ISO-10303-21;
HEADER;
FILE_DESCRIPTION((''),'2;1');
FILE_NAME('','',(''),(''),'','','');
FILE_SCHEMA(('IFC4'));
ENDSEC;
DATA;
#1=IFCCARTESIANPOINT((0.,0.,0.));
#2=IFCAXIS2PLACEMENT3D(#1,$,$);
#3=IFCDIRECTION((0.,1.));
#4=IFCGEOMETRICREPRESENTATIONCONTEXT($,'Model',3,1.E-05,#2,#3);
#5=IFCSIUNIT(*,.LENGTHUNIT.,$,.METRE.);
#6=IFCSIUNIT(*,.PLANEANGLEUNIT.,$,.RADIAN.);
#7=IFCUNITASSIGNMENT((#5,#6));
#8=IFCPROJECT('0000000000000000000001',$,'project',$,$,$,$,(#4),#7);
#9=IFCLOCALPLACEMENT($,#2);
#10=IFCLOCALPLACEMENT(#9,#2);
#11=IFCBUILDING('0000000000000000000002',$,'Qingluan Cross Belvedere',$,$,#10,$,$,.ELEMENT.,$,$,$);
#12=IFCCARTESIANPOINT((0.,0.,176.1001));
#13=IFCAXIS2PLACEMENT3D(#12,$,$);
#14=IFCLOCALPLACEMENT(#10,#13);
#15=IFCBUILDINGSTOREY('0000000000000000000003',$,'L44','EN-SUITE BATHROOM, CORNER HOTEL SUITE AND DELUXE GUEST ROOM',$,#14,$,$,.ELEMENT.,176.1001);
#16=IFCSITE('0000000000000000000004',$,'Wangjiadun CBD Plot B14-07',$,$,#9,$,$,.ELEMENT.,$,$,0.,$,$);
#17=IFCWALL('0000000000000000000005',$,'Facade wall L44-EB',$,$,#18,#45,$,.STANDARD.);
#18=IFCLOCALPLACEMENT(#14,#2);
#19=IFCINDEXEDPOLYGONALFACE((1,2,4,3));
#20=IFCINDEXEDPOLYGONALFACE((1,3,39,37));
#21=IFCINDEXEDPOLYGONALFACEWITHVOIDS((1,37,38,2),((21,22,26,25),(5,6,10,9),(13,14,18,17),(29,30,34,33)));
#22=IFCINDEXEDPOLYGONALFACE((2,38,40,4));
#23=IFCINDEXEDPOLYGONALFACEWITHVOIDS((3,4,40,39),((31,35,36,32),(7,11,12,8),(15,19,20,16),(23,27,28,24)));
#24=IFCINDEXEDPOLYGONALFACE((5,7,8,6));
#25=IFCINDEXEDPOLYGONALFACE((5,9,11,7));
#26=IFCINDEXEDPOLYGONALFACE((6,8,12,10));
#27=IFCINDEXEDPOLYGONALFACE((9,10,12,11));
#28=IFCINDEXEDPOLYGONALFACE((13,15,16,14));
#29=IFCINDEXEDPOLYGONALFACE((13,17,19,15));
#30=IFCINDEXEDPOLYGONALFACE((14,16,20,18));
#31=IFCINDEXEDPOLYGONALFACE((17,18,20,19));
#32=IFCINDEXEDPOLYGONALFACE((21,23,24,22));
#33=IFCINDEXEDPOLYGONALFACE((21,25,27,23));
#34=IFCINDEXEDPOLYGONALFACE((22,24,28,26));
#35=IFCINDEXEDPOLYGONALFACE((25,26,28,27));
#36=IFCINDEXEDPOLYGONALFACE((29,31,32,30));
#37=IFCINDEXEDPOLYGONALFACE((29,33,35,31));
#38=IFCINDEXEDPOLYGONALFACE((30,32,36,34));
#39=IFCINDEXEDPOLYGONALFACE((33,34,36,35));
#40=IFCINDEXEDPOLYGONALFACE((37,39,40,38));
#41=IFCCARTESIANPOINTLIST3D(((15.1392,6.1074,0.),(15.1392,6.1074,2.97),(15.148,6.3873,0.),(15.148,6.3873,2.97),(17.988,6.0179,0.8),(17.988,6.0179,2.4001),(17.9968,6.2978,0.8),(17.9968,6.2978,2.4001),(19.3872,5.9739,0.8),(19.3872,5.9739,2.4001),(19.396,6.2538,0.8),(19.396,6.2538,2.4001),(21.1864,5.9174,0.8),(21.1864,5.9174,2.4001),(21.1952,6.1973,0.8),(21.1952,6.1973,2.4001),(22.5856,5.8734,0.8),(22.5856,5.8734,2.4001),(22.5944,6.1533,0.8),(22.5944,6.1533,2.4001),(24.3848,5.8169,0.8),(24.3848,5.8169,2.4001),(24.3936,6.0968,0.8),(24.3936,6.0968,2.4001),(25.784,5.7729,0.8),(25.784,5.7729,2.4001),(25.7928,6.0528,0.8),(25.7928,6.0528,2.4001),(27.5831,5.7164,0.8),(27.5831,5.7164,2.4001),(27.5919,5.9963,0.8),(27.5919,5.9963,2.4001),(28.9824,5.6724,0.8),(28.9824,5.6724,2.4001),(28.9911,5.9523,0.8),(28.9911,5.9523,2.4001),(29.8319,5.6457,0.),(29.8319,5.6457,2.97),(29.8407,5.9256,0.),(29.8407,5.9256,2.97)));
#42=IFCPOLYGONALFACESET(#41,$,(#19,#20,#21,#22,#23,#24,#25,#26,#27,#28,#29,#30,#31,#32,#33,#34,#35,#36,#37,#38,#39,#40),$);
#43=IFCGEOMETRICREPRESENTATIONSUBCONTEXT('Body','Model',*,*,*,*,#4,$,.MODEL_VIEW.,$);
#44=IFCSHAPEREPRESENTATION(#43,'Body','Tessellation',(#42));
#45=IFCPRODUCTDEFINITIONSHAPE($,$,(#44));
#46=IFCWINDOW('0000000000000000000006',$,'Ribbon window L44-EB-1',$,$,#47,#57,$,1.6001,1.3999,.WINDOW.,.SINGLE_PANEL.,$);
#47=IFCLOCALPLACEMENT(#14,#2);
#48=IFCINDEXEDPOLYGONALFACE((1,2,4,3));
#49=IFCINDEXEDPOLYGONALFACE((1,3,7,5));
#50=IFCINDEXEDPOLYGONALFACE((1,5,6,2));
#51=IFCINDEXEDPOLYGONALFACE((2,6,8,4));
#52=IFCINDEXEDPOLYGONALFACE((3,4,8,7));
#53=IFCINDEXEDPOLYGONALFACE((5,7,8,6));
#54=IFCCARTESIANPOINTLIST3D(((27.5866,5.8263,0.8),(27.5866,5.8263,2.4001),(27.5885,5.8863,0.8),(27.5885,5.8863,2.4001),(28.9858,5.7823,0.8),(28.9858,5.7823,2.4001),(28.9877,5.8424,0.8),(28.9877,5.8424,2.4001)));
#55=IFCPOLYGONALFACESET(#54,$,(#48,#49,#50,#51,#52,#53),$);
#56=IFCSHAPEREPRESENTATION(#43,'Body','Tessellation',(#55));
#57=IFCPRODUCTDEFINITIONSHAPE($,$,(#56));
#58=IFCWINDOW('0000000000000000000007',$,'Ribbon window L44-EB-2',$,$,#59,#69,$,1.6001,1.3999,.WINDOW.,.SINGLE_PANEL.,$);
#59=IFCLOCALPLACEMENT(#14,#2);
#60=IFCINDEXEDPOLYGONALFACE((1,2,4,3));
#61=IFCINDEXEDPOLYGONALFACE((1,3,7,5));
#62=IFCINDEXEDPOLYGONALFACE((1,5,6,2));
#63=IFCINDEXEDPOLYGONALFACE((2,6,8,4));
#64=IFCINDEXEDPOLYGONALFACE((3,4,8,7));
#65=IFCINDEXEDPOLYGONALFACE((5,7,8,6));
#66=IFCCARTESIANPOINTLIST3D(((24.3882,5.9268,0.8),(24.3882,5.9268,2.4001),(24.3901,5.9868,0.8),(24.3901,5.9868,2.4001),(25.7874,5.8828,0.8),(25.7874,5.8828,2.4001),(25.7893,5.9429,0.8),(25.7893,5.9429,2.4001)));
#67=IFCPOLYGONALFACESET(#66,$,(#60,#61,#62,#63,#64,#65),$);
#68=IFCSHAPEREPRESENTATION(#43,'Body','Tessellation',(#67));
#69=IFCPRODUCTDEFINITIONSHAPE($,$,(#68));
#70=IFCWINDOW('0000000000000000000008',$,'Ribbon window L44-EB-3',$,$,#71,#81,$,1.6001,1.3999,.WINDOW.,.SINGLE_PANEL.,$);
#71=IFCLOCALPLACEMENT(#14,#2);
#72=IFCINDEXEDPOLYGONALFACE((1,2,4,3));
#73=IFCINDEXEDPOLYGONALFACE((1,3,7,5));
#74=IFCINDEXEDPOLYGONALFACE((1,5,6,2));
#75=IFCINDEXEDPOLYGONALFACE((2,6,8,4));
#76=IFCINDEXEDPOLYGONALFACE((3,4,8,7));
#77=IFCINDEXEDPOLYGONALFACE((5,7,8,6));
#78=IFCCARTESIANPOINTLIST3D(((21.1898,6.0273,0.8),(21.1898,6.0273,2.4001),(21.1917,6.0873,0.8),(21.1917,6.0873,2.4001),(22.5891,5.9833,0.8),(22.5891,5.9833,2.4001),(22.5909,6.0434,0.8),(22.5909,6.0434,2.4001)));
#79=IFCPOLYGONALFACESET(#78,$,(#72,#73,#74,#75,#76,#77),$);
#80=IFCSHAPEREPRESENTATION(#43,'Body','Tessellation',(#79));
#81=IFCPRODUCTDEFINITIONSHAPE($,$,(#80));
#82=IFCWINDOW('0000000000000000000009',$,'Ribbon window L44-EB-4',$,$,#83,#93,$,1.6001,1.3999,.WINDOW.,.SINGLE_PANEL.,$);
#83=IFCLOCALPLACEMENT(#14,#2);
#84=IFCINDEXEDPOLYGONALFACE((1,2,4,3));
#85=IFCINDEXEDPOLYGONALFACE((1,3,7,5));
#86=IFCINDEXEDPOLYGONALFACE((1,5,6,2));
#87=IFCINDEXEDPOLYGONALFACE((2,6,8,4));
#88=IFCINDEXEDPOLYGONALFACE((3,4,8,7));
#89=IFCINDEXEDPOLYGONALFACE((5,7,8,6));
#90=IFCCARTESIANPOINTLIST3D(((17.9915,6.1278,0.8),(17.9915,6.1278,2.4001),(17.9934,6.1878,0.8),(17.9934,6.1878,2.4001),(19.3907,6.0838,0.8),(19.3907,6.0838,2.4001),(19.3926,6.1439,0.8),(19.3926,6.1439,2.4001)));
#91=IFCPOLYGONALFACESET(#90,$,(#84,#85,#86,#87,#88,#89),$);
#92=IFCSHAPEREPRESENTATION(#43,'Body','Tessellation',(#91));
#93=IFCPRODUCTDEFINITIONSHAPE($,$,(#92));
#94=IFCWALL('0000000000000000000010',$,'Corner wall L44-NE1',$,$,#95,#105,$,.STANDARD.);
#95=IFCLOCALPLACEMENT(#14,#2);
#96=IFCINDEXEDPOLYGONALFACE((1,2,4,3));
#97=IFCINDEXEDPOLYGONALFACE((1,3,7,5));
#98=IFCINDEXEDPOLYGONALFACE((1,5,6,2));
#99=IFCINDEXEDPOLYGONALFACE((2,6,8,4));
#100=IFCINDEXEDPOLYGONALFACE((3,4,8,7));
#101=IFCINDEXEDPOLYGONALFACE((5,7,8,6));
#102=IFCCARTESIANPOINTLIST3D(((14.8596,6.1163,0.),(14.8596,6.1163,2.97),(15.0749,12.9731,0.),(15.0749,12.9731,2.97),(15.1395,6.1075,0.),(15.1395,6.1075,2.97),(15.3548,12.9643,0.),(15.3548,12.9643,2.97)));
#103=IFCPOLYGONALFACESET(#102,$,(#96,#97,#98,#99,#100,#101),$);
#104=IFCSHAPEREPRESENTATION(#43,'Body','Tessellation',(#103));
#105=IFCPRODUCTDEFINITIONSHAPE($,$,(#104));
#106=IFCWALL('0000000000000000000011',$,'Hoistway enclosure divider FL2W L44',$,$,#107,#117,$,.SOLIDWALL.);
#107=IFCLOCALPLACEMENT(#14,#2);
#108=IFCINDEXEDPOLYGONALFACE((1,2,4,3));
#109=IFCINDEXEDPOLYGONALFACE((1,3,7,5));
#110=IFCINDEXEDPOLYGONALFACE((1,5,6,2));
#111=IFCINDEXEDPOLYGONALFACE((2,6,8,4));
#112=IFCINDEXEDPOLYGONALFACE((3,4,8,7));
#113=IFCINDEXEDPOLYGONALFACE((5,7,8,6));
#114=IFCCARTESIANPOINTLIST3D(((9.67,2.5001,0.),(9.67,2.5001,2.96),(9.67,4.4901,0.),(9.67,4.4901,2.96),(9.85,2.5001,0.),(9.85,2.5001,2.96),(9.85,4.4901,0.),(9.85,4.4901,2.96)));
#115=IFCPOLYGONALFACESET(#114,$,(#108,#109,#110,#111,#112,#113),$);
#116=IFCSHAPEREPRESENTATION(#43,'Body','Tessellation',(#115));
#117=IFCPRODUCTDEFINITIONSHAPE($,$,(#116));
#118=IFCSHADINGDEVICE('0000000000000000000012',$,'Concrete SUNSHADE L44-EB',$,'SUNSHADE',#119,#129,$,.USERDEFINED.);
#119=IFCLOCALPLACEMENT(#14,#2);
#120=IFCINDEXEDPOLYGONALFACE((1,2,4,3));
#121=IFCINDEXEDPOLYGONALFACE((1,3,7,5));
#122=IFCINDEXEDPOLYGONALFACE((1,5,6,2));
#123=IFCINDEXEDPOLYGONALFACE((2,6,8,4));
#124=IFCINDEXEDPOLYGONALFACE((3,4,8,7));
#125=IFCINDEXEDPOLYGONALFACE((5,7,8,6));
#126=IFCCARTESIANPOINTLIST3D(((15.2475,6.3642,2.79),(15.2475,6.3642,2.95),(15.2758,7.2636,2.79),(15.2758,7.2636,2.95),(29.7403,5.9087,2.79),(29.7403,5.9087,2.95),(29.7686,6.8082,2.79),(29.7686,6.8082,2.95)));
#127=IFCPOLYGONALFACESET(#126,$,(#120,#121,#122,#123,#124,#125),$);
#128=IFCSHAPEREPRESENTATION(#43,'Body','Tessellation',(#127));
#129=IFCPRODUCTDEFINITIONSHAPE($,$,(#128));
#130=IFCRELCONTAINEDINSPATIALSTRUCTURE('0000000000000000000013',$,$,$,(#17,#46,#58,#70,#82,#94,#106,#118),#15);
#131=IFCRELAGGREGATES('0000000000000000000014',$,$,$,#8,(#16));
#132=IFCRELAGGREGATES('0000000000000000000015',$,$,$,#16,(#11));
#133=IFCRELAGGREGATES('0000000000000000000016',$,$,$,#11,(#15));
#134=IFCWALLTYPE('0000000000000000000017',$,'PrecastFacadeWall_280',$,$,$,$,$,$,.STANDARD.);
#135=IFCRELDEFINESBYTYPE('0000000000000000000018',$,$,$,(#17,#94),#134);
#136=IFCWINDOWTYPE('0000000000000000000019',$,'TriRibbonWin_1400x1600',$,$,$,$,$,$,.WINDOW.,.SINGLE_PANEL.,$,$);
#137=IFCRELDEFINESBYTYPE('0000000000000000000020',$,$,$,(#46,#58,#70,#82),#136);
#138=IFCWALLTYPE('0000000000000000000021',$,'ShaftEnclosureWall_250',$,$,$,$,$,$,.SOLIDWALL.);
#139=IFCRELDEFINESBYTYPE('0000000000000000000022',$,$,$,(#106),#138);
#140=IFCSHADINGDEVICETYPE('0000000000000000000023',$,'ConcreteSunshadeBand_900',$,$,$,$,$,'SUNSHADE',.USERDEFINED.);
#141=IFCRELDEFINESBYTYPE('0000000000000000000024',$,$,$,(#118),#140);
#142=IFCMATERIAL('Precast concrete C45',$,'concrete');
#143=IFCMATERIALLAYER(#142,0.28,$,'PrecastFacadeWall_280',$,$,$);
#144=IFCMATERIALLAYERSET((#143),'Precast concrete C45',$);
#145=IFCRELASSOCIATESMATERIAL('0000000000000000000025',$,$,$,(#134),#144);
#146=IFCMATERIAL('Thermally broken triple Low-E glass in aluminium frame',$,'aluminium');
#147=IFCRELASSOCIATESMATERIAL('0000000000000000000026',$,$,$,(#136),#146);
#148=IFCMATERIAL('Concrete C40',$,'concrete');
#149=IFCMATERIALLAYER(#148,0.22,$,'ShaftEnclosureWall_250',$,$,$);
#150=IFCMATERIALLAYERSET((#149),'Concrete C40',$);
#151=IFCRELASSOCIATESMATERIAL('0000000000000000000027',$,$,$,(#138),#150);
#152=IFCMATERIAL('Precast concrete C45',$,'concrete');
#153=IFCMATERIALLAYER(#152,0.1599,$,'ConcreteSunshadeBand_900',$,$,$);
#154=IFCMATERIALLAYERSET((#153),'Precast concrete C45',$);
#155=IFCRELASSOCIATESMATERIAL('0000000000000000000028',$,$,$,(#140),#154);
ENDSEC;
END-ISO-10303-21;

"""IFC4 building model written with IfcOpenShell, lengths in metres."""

from ifc_helpers import new_model, si_unit, direction, frame, frame_2d, origin, origin_2d, place, context, subcontext, project, spatial, rectangle, extrude, material, layer, layer_set, type_object, element, fill, save


model = new_model("IFC4")

# Units and contexts
model_context = context("Model", 3, precision=1e-05, world=origin(), true_north=direction((0.0, 1.0)))
body_context = subcontext(model_context, "Body", "Model", "MODEL_VIEW")
ifc_project = project(units=[si_unit("LENGTHUNIT", "METRE"), si_unit("PLANEANGLEUNIT", "RADIAN")], contexts=[model_context])

# Site, building, storey
site_placement = place(None, origin())
site = spatial("IfcSite", under=ifc_project, at=site_placement, Name="Wangjiadun CBD Plot B14-07", CompositionType="ELEMENT", RefElevation=0.0)
building_placement = place(site_placement, origin())
building = spatial("IfcBuilding", under=site, at=building_placement, Name="Qingluan Cross Belvedere", CompositionType="ELEMENT")
storey_placement = place(building_placement, frame((0.0, 0.0, 176.1001)))
storey = spatial("IfcBuildingStorey", under=building, at=storey_placement, Name="L44", Description="EN-SUITE BATHROOM, CORNER HOTEL SUITE AND DELUXE GUEST ROOM", CompositionType="ELEMENT", Elevation=176.1001)

# Wall, openings, windows
ifc_material_1 = material(Name="Precast concrete C45", Category="concrete")
ifc_layer_1 = layer(ifc_material_1, 0.28, Name="PrecastFacadeWall_280")
ifc_layer_set_1 = layer_set([ifc_layer_1], Name="Precast concrete C45")
wall_type_1 = type_object("IfcWallType", Name="PrecastFacadeWall_280", PredefinedType="STANDARD", material=ifc_layer_set_1)
wall_1_placement = place(storey_placement, frame((29.8364, 5.7856, 0.0), z_axis=(0.0, 0.0, 1.0), x_axis=(-0.999507, 0.031406, 0.0)))
wall_1 = element("IfcWall", 1, at=wall_1_placement, inside=storey, type_object=wall_type_1, Name="Facade wall L44-EB", PredefinedType="STANDARD", context=body_context, shape_type="SweptSolid", body=[
    extrude(rectangle(XDim=14.7, YDim=0.28, at=frame_2d((7.3501, 0.0))), origin(), (0.0, 0.0, 1.0), 2.97),
])
opening_1_placement = place(wall_1_placement, frame((0.8501, 0.0, 0.8)))
opening_1 = element("IfcOpeningElement", 2, at=opening_1_placement, cuts=wall_1, PredefinedType="OPENING", context=body_context, shape_type="SweptSolid", body=[
    extrude(rectangle(XDim=1.3999, YDim=1.6001, at=frame_2d((0.7, 0.8))), frame((0.0, 0.1499, 0.0), z_axis=(0.0, -1.0, 0.0), x_axis=(1.0, 0.0, 0.0)), (0.0, 0.0, 1.0), 0.3),
])
opening_2_placement = place(wall_1_placement, frame((4.05, 0.0, 0.8)))
opening_2 = element("IfcOpeningElement", 3, at=opening_2_placement, cuts=wall_1, PredefinedType="OPENING", context=body_context, shape_type="SweptSolid", body=[
    extrude(rectangle(XDim=1.3999, YDim=1.6001, at=frame_2d((0.7, 0.8))), frame((0.0, 0.1499, 0.0), z_axis=(0.0, -1.0, 0.0), x_axis=(1.0, 0.0, 0.0)), (0.0, 0.0, 1.0), 0.3),
])
opening_3_placement = place(wall_1_placement, frame((7.25, 0.0, 0.8)))
opening_3 = element("IfcOpeningElement", 4, at=opening_3_placement, cuts=wall_1, PredefinedType="OPENING", context=body_context, shape_type="SweptSolid", body=[
    extrude(rectangle(XDim=1.3999, YDim=1.6001, at=frame_2d((0.7, 0.8))), frame((0.0, 0.1499, 0.0), z_axis=(0.0, -1.0, 0.0), x_axis=(1.0, 0.0, 0.0)), (0.0, 0.0, 1.0), 0.3),
])
opening_4_placement = place(wall_1_placement, frame((10.45, 0.0, 0.8)))
opening_4 = element("IfcOpeningElement", 5, at=opening_4_placement, cuts=wall_1, PredefinedType="OPENING", context=body_context, shape_type="SweptSolid", body=[
    extrude(rectangle(XDim=1.3999, YDim=1.6001, at=frame_2d((0.7, 0.8))), frame((0.0, 0.1499, 0.0), z_axis=(0.0, -1.0, 0.0), x_axis=(1.0, 0.0, 0.0)), (0.0, 0.0, 1.0), 0.3),
])
ifc_material_2 = material(Name="Thermally broken triple Low-E glass in aluminium frame", Category="aluminium")
window_type = type_object("IfcWindowType", Name="TriRibbonWin_1400x1600", PartitioningType="SINGLE_PANEL", PredefinedType="WINDOW", material=ifc_material_2)
window_1_placement = place(opening_1_placement, origin())
window_1 = element("IfcWindow", 6, at=window_1_placement, inside=storey, type_object=window_type, Name="Ribbon window L44-EB-1", OverallHeight=1.6001, OverallWidth=1.3999, PartitioningType="SINGLE_PANEL", PredefinedType="WINDOW", context=body_context, shape_type="SweptSolid", body=[
    extrude(rectangle(XDim=1.3999, YDim=1.6001, at=frame_2d((0.7, 0.8))), frame((0.0, 0.03, 0.0), z_axis=(0.0, -1.0, 0.0), x_axis=(1.0, 0.0, 0.0)), (0.0, 0.0, 1.0), 0.0601),
])
fill(opening_1, window_1)
window_2_placement = place(opening_2_placement, origin())
window_2 = element("IfcWindow", 7, at=window_2_placement, inside=storey, type_object=window_type, Name="Ribbon window L44-EB-2", OverallHeight=1.6001, OverallWidth=1.3999, PartitioningType="SINGLE_PANEL", PredefinedType="WINDOW", context=body_context, shape_type="SweptSolid", body=[
    extrude(rectangle(XDim=1.3999, YDim=1.6001, at=frame_2d((0.7, 0.8))), frame((0.0, 0.03, 0.0), z_axis=(0.0, -1.0, 0.0), x_axis=(1.0, 0.0, 0.0)), (0.0, 0.0, 1.0), 0.0601),
])
fill(opening_2, window_2)
window_3_placement = place(opening_3_placement, origin())
window_3 = element("IfcWindow", 8, at=window_3_placement, inside=storey, type_object=window_type, Name="Ribbon window L44-EB-3", OverallHeight=1.6001, OverallWidth=1.3999, PartitioningType="SINGLE_PANEL", PredefinedType="WINDOW", context=body_context, shape_type="SweptSolid", body=[
    extrude(rectangle(XDim=1.3999, YDim=1.6001, at=frame_2d((0.7, 0.8))), frame((0.0, 0.03, 0.0), z_axis=(0.0, -1.0, 0.0), x_axis=(1.0, 0.0, 0.0)), (0.0, 0.0, 1.0), 0.0601),
])
fill(opening_3, window_3)
window_4_placement = place(opening_4_placement, origin())
window_4 = element("IfcWindow", 9, at=window_4_placement, inside=storey, type_object=window_type, Name="Ribbon window L44-EB-4", OverallHeight=1.6001, OverallWidth=1.3999, PartitioningType="SINGLE_PANEL", PredefinedType="WINDOW", context=body_context, shape_type="SweptSolid", body=[
    extrude(rectangle(XDim=1.3999, YDim=1.6001, at=frame_2d((0.7, 0.8))), frame((0.0, 0.03, 0.0), z_axis=(0.0, -1.0, 0.0), x_axis=(1.0, 0.0, 0.0)), (0.0, 0.0, 1.0), 0.0601),
])
fill(opening_4, window_4)

# Walls
wall_2_placement = place(storey_placement, frame((14.9995, 6.1118, 0.0), z_axis=(0.0, 0.0, 1.0), x_axis=(0.031389, 0.999507, 0.0)))
element("IfcWall", 10, at=wall_2_placement, inside=storey, type_object=wall_type_1, Name="Corner wall L44-NE1", PredefinedType="STANDARD", context=body_context, shape_type="SweptSolid", body=[
    extrude(rectangle(XDim=6.8601, YDim=0.28, at=frame_2d((3.4302, 0.0))), origin(), (0.0, 0.0, 1.0), 2.97),
])
ifc_material_3 = material(Name="Concrete C40", Category="concrete")
ifc_layer_2 = layer(ifc_material_3, 0.22, Name="ShaftEnclosureWall_250")
ifc_layer_set_2 = layer_set([ifc_layer_2], Name="Concrete C40")
wall_type_2 = type_object("IfcWallType", Name="ShaftEnclosureWall_250", PredefinedType="SOLIDWALL", material=ifc_layer_set_2)
wall_3_placement = place(storey_placement, frame((9.76, 2.5, 0.0), z_axis=(0.0, 0.0, 1.0), x_axis=(0.0, 1.0, 0.0)))
element("IfcWall", 11, at=wall_3_placement, inside=storey, type_object=wall_type_2, Name="Hoistway enclosure divider FL2W L44", PredefinedType="SOLIDWALL", context=body_context, shape_type="SweptSolid", body=[
    extrude(rectangle(XDim=1.99, YDim=0.1799, at=frame_2d((0.9951, 0.0))), origin(), (0.0, 0.0, 1.0), 2.96),
])

# Shading device
ifc_material_4 = material(Name="Precast concrete C45", Category="concrete")
ifc_layer_3 = layer(ifc_material_4, 0.1599, Name="ConcreteSunshadeBand_900")
ifc_layer_set_3 = layer_set([ifc_layer_3], Name="Precast concrete C45")
shading_device_type = type_object("IfcShadingDeviceType", Name="ConcreteSunshadeBand_900", ElementType="SUNSHADE", PredefinedType="USERDEFINED", material=ifc_layer_set_3)
shading_device_placement = place(storey_placement, frame((22.5081, 6.5862, 2.79), z_axis=(0.0, 0.0, 1.0), x_axis=(-0.999507, 0.031408, 0.0)))
element("IfcShadingDevice", 12, at=shading_device_placement, inside=storey, type_object=shading_device_type, Name="Concrete SUNSHADE L44-EB", ObjectType="SUNSHADE", PredefinedType="USERDEFINED", context=body_context, shape_type="SweptSolid", body=[
    extrude(rectangle(XDim=14.5, YDim=0.8999, at=origin_2d()), origin(), (0.0, 0.0, 1.0), 0.1599),
])

save(model, "model.ifc")
